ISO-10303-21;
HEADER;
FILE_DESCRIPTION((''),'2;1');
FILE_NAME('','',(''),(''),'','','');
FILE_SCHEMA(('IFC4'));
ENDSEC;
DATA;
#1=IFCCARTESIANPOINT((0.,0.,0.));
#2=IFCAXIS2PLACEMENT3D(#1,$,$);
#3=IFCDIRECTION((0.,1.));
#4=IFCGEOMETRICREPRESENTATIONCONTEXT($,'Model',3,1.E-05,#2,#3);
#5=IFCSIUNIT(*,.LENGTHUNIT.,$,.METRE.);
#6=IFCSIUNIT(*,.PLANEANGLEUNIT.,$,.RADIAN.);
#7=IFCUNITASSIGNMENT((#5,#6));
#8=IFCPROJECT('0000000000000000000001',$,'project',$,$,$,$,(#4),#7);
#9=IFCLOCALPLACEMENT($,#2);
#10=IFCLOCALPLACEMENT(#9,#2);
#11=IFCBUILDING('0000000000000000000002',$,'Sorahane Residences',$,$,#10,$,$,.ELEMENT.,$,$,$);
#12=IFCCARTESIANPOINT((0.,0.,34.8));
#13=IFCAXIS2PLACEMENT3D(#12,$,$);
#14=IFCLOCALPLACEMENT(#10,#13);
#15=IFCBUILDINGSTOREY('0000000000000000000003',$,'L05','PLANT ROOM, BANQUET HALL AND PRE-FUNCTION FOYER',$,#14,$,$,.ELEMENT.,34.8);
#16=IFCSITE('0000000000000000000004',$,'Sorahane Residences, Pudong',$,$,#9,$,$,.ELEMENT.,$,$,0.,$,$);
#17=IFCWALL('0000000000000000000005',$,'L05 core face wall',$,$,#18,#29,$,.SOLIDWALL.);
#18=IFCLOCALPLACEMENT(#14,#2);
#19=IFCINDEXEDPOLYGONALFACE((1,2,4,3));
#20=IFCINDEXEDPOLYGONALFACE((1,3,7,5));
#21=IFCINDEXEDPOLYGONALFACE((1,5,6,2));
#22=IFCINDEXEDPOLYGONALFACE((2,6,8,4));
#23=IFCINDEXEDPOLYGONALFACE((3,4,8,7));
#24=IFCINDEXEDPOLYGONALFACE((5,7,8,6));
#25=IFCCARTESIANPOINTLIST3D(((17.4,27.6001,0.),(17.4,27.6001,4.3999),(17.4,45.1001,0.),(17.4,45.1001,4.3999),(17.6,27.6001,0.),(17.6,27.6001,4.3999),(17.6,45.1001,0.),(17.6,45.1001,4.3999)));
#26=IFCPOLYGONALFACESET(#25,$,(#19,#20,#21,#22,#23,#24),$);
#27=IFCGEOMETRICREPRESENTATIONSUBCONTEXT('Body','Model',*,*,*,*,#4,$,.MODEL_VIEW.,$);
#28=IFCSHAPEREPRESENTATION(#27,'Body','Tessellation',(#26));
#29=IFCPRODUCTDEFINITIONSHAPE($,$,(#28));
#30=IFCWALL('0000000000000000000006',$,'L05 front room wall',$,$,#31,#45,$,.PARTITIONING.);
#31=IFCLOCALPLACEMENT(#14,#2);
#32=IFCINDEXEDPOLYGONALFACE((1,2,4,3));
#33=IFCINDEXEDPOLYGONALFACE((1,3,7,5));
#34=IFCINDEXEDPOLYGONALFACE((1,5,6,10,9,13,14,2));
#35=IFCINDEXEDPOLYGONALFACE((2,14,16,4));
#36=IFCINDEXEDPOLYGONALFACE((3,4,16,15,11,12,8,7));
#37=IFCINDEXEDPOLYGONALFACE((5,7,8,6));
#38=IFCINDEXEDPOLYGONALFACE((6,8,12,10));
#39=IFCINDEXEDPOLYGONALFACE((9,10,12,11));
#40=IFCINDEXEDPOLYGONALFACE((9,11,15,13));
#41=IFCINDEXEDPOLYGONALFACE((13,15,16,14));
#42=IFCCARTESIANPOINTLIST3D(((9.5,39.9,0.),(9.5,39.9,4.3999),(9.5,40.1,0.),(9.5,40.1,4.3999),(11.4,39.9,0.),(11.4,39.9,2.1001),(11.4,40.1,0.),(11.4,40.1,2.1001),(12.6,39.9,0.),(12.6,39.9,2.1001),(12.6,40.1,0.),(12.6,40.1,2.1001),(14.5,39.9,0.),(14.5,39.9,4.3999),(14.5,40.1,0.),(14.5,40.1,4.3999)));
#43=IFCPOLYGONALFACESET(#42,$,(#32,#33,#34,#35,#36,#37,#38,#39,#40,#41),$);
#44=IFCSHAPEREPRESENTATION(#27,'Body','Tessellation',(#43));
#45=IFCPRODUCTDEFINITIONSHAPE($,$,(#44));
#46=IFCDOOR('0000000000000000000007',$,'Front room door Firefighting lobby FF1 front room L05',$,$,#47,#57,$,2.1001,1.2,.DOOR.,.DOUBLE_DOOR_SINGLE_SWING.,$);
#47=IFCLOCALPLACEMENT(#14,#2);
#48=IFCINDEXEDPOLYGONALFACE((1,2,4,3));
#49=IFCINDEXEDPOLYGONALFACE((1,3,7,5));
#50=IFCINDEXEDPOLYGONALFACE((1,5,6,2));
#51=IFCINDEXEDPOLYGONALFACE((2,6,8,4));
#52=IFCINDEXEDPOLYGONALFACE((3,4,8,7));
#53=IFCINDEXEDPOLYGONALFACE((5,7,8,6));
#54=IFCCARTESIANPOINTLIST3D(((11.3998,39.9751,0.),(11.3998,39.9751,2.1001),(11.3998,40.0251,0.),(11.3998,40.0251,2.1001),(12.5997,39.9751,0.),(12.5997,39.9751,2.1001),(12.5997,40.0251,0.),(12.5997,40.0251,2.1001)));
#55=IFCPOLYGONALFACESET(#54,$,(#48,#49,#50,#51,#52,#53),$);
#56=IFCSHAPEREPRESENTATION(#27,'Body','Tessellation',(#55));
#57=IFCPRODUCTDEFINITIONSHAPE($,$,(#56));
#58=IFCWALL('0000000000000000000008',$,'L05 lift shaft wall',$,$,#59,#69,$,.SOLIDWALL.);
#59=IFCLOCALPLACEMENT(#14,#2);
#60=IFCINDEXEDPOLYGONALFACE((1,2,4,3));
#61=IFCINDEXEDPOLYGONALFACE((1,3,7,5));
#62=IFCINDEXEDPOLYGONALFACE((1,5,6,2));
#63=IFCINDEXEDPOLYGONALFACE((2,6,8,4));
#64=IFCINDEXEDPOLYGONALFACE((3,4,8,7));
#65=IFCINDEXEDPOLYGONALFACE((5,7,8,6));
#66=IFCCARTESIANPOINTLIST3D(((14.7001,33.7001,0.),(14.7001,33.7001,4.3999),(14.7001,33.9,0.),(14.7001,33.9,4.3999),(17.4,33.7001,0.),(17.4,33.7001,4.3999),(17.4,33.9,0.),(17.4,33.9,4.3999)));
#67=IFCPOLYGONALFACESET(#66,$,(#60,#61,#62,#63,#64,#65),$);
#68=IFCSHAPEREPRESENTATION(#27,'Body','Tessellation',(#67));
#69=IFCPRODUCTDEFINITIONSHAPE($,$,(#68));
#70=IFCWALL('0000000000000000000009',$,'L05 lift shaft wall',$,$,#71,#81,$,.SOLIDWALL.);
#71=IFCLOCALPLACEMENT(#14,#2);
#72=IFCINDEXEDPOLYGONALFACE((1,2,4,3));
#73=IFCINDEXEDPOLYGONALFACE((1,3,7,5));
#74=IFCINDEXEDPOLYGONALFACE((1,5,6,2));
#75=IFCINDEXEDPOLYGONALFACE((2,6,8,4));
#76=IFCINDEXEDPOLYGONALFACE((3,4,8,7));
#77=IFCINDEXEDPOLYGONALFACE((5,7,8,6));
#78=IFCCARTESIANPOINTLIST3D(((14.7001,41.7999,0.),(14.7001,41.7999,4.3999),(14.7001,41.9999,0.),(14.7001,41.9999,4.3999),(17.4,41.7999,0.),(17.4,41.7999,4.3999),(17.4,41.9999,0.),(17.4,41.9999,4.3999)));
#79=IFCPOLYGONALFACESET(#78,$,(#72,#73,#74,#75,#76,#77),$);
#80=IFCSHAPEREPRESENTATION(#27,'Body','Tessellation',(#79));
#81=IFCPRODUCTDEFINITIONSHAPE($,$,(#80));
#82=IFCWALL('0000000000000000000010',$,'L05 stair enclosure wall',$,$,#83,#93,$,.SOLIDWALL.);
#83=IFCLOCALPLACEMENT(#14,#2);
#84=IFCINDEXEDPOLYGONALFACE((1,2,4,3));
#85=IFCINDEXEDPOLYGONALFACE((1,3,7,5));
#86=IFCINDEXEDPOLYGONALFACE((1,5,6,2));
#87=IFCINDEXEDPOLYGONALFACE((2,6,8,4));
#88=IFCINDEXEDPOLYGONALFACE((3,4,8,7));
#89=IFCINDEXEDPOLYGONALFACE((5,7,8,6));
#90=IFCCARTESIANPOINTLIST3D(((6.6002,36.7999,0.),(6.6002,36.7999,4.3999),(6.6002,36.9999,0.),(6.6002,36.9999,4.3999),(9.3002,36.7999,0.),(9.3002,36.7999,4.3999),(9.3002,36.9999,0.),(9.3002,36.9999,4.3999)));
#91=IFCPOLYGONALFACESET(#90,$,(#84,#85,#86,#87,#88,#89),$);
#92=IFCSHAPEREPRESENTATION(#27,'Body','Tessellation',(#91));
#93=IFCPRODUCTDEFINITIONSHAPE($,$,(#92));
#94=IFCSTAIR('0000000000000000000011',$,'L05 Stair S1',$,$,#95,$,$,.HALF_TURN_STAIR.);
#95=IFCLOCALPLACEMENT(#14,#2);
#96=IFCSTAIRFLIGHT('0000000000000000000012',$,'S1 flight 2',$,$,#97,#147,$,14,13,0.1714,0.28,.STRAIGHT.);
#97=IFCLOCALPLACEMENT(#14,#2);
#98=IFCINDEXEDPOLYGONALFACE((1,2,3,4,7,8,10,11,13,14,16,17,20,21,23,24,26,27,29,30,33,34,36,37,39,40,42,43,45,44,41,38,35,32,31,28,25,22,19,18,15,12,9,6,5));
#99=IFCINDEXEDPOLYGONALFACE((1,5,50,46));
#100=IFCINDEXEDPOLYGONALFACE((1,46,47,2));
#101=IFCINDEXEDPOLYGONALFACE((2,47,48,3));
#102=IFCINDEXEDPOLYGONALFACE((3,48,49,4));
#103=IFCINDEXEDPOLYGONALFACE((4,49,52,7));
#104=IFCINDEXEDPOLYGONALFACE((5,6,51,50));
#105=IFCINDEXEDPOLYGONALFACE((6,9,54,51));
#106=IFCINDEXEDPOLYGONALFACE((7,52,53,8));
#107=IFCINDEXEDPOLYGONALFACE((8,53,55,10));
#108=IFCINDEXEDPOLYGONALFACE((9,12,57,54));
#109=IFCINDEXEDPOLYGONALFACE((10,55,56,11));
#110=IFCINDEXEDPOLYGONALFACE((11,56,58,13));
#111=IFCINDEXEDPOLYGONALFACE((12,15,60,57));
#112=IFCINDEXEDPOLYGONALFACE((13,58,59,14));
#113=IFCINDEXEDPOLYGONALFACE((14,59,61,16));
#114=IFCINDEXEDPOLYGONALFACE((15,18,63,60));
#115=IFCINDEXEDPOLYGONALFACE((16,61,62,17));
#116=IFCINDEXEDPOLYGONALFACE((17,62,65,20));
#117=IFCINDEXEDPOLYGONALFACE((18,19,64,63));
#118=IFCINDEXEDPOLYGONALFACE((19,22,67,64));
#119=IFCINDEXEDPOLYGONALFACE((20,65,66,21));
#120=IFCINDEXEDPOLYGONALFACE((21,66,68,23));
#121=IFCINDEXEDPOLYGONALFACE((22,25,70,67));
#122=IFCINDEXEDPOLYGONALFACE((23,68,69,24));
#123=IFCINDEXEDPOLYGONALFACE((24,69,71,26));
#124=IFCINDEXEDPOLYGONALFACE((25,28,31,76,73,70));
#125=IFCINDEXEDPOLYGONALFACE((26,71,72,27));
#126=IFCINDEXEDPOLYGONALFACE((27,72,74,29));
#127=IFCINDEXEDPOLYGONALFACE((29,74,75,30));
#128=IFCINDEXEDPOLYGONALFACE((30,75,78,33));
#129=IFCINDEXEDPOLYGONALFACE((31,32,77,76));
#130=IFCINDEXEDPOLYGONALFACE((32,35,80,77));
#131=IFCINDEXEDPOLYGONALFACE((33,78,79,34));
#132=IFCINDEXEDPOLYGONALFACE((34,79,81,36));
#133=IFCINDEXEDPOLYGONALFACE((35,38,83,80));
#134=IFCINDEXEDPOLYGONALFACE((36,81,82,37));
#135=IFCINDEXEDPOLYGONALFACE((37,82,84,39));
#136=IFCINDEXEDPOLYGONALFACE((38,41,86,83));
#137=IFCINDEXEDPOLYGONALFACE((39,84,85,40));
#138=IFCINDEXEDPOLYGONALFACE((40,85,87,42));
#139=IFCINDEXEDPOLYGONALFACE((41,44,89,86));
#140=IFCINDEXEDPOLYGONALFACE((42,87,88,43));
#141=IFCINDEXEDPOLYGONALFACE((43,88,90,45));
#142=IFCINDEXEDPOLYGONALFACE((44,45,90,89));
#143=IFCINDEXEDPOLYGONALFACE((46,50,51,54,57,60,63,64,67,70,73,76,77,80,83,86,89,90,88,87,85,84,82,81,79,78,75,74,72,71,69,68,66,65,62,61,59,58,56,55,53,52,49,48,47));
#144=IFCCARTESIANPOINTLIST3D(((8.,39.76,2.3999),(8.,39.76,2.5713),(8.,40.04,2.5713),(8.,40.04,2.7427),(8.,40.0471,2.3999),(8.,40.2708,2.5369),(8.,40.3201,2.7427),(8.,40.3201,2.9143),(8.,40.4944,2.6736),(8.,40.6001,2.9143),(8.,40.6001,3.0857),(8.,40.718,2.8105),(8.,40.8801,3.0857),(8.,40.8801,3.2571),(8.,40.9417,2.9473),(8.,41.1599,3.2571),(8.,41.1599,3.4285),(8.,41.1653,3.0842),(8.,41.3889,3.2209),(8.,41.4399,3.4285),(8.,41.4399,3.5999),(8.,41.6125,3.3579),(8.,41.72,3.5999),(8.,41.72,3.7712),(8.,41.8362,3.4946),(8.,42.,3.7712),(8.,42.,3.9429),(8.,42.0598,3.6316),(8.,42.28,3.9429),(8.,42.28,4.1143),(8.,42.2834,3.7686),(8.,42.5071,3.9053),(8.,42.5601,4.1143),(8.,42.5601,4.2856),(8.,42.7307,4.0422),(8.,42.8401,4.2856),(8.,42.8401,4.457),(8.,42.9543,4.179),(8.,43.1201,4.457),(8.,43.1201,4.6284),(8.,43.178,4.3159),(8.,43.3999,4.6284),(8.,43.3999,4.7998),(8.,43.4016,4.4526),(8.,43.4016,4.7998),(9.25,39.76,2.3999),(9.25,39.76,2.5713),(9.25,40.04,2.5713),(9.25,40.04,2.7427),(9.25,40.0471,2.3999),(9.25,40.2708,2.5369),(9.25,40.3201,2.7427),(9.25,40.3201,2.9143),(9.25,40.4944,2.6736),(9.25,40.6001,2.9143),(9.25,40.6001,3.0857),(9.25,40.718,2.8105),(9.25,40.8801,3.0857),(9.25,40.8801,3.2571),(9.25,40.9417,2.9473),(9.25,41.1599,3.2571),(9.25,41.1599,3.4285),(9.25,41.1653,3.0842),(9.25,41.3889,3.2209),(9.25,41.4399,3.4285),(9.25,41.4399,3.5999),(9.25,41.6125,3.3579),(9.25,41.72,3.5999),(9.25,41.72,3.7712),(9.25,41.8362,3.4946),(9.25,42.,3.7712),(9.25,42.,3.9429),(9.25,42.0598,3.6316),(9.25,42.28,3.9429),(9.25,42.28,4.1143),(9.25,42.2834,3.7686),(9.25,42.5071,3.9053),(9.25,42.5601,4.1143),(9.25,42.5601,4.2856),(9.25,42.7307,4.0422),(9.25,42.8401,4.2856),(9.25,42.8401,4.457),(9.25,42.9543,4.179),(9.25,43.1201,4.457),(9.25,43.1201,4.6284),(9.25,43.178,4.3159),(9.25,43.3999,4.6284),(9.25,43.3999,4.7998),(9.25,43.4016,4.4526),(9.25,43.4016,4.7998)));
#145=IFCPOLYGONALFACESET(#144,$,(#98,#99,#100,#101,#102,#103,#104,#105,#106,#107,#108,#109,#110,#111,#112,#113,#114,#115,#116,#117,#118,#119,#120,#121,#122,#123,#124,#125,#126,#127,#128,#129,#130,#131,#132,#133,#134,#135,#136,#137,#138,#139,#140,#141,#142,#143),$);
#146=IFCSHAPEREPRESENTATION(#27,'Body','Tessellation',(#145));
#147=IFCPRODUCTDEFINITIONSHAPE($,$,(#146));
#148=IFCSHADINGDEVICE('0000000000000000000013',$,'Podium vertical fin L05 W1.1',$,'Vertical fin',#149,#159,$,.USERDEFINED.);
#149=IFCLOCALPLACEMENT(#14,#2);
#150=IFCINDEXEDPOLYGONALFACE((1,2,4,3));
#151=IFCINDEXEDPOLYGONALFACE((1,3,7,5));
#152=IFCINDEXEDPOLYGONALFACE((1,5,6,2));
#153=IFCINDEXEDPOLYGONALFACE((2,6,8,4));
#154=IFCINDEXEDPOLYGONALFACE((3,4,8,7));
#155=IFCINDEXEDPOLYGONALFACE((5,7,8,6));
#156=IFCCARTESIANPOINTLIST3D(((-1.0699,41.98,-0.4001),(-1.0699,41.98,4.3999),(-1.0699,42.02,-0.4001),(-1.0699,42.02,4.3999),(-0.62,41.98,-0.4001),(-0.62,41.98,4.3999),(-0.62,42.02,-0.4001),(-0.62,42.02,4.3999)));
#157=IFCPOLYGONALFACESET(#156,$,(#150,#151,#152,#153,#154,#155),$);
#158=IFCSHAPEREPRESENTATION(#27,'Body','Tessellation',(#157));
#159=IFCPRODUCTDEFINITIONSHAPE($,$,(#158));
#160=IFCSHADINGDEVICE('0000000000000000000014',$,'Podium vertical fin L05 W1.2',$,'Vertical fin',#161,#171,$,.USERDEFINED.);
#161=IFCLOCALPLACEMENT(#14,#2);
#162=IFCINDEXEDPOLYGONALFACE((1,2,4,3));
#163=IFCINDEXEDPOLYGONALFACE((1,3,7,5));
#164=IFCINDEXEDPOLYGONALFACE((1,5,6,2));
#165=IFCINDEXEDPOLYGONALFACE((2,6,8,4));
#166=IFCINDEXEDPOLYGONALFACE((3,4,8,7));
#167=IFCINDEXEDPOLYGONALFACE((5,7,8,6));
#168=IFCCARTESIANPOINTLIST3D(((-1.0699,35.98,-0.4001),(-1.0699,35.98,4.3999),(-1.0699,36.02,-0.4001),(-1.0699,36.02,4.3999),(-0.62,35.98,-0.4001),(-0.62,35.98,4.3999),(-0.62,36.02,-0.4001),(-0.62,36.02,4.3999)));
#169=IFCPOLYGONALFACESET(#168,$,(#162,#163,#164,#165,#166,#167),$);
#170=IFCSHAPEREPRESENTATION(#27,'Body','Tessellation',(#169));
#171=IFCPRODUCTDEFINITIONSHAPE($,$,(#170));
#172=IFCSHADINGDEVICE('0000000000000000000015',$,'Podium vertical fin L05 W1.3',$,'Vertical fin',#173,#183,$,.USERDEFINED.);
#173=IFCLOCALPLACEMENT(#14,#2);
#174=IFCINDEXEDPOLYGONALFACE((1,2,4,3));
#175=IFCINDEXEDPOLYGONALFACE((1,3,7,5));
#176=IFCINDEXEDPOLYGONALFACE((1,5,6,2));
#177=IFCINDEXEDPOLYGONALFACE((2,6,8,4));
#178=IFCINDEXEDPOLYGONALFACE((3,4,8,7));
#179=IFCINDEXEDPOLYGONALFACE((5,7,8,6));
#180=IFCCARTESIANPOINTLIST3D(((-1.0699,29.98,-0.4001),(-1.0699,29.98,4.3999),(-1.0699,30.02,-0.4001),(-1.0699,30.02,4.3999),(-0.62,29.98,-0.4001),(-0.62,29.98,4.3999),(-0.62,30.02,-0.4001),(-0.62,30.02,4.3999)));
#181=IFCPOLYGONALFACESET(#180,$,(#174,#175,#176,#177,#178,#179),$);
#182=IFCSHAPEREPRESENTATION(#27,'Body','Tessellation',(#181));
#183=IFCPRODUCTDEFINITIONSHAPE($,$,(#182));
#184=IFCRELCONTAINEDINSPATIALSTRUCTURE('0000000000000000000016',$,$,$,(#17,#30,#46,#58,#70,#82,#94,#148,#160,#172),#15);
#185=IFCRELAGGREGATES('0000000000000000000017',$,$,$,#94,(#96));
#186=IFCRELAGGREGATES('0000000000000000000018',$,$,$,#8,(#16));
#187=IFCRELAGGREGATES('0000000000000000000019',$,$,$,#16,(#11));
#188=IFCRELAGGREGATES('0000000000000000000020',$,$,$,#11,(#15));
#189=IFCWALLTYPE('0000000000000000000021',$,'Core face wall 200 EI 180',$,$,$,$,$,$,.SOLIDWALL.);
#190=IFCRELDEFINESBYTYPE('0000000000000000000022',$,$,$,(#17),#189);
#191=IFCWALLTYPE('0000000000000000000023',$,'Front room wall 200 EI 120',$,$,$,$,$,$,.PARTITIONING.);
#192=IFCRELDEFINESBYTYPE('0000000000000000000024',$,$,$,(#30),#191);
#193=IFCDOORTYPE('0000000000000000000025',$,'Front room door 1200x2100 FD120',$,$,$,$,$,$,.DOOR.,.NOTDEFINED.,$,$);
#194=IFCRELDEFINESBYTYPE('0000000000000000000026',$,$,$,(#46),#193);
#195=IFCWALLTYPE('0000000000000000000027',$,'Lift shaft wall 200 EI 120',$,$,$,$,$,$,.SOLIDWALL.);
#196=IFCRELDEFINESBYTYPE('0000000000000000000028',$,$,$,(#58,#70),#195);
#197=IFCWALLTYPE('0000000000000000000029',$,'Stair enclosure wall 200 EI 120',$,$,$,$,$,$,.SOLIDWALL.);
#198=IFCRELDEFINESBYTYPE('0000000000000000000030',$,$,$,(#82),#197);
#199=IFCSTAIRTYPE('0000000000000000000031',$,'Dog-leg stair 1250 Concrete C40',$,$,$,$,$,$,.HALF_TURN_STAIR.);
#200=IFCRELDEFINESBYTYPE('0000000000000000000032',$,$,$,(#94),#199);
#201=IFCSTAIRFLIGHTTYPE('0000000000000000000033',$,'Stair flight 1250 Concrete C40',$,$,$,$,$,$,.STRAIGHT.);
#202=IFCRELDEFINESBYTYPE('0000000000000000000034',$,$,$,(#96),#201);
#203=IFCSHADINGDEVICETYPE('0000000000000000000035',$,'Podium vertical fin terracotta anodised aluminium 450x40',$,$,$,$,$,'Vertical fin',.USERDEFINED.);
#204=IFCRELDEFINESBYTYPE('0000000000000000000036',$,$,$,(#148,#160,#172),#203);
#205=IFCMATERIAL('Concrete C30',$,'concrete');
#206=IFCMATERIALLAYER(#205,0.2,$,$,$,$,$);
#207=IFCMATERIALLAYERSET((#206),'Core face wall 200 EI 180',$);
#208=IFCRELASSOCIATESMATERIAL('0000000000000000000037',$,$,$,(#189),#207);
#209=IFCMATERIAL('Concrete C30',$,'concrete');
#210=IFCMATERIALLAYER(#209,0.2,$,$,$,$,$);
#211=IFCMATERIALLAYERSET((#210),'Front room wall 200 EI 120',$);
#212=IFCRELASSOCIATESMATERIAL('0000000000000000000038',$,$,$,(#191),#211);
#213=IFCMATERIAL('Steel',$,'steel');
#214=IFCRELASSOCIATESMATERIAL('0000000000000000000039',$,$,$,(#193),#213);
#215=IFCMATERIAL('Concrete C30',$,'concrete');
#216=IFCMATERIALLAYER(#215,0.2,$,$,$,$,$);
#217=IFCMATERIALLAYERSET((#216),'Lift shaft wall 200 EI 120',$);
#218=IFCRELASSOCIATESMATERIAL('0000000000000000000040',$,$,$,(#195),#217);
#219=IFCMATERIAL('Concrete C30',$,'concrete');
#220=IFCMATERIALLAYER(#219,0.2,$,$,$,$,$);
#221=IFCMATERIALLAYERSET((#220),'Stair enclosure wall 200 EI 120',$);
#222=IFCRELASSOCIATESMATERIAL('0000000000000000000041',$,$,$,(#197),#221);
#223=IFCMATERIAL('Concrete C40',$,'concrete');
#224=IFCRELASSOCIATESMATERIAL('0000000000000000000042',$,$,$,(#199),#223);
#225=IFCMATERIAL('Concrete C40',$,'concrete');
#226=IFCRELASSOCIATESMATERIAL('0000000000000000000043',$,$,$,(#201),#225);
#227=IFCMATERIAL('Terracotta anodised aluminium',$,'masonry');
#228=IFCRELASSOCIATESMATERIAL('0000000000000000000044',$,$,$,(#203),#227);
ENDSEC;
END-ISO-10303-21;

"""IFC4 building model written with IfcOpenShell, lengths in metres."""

from ifc_helpers import new_model, si_unit, direction, frame, frame_2d, origin, origin_2d, place, context, subcontext, project, spatial, polyline, rectangle, outline, extrude, material, layer, layer_set, material_profile, profile_set, type_object, element, fill, aggregate, save


model = new_model("IFC4")

# Units and contexts
model_context = context("Model", 3, precision=1e-05, world=origin(), true_north=direction((0.0, 1.0)))
body_context = subcontext(model_context, "Body", "Model", "MODEL_VIEW")
ifc_project = project(units=[si_unit("LENGTHUNIT", "METRE"), si_unit("PLANEANGLEUNIT", "RADIAN")], contexts=[model_context])

# Site, building, storey
site_placement = place(None, origin())
site = spatial("IfcSite", under=ifc_project, at=site_placement, Name="Sorahane Residences, Pudong", CompositionType="ELEMENT", RefElevation=0.0)
building_placement = place(site_placement, origin())
building = spatial("IfcBuilding", under=site, at=building_placement, Name="Sorahane Residences", CompositionType="ELEMENT")
storey_placement = place(building_placement, frame((0.0, 0.0, 34.8)))
storey = spatial("IfcBuildingStorey", under=building, at=storey_placement, Name="L05", Description="PLANT ROOM, BANQUET HALL AND PRE-FUNCTION FOYER", CompositionType="ELEMENT", Elevation=34.8)

# Wall
ifc_material_1 = material(Name="Concrete C30", Category="concrete")
ifc_layer_1 = layer(ifc_material_1, 0.2)
ifc_layer_set_1 = layer_set([ifc_layer_1], Name="Core face wall 200 EI 180")
wall_type_1 = type_object("IfcWallType", Name="Core face wall 200 EI 180", PredefinedType="SOLIDWALL", material=ifc_layer_set_1)
wall_1_placement = place(storey_placement, frame((17.5, 27.6001, 0.0), z_axis=(0.0, 0.0, 1.0), x_axis=(0.0, 1.0, 0.0)))
element("IfcWall", 1, at=wall_1_placement, inside=storey, type_object=wall_type_1, Name="L05 core face wall", PredefinedType="SOLIDWALL", context=body_context, shape_type="SweptSolid", body=[
    extrude(rectangle(XDim=17.5, YDim=0.2, at=frame_2d((8.75, 0.0))), origin(), (0.0, 0.0, 1.0), 4.3999),
])

# Wall, opening, door
ifc_material_2 = material(Name="Concrete C30", Category="concrete")
ifc_layer_2 = layer(ifc_material_2, 0.2)
ifc_layer_set_2 = layer_set([ifc_layer_2], Name="Front room wall 200 EI 120")
wall_type_2 = type_object("IfcWallType", Name="Front room wall 200 EI 120", PredefinedType="PARTITIONING", material=ifc_layer_set_2)
wall_2_placement = place(storey_placement, frame((9.5, 40.0, 0.0), z_axis=(0.0, 0.0, 1.0), x_axis=(1.0, 0.0, 0.0)))
wall_2 = element("IfcWall", 2, at=wall_2_placement, inside=storey, type_object=wall_type_2, Name="L05 front room wall", PredefinedType="PARTITIONING", context=body_context, shape_type="SweptSolid", body=[
    extrude(rectangle(XDim=5.0, YDim=0.2, at=frame_2d((2.5, 0.0))), origin(), (0.0, 0.0, 1.0), 4.3999),
])
opening_placement = place(wall_2_placement, frame((1.8999, 0.0, 0.0)))
opening = element("IfcOpeningElement", 3, at=opening_placement, cuts=wall_2, PredefinedType="OPENING", context=body_context, shape_type="SweptSolid", body=[
    extrude(rectangle(XDim=1.2, YDim=2.1001, at=frame_2d((0.6001, 1.05))), frame((0.0, 0.1099, 0.0), z_axis=(0.0, -1.0, 0.0), x_axis=(1.0, 0.0, 0.0)), (0.0, 0.0, 1.0), 0.22),
])
ifc_material_3 = material(Name="Steel", Category="steel")
door_type = type_object("IfcDoorType", Name="Front room door 1200x2100 FD120", OperationType="NOTDEFINED", PredefinedType="DOOR", material=ifc_material_3)
door_placement = place(opening_placement, frame((1.2, 0.0, 0.0), z_axis=(0.0, 0.0, 1.0), x_axis=(-1.0, 0.0, 0.0)))
door = element("IfcDoor", 4, at=door_placement, inside=storey, type_object=door_type, Name="Front room door Firefighting lobby FF1 front room L05", OperationType="DOUBLE_DOOR_SINGLE_SWING", OverallHeight=2.1001, OverallWidth=1.2, PredefinedType="DOOR", context=body_context, shape_type="SweptSolid", body=[
    extrude(rectangle(XDim=1.2, YDim=2.1001, at=frame_2d((0.6001, 1.05))), frame((0.0, 0.0249, 0.0), z_axis=(0.0, -1.0, 0.0), x_axis=(1.0, 0.0, 0.0)), (0.0, 0.0, 1.0), 0.05),
])
fill(opening, door)

# Walls
ifc_material_4 = material(Name="Concrete C30", Category="concrete")
ifc_layer_3 = layer(ifc_material_4, 0.2)
ifc_layer_set_3 = layer_set([ifc_layer_3], Name="Lift shaft wall 200 EI 120")
wall_type_3 = type_object("IfcWallType", Name="Lift shaft wall 200 EI 120", PredefinedType="SOLIDWALL", material=ifc_layer_set_3)
for number, where, z_axis, x_axis, name in (
    (5, (14.7, 33.8, 0.0), (0.0, 0.0, 1.0), (1.0, 0.0, 0.0), "L05 lift shaft wall"),
    (6, (14.7, 41.8999, 0.0), (0.0, 0.0, 1.0), (1.0, 0.0, 0.0), "L05 lift shaft wall"),
):
    element("IfcWall", number, at=place(storey_placement, frame(where, z_axis=z_axis, x_axis=x_axis)), inside=storey, type_object=wall_type_3, Name=name, PredefinedType="SOLIDWALL", context=body_context, shape_type="SweptSolid", body=[
        extrude(rectangle(XDim=2.7, YDim=0.2, at=frame_2d((1.3501, 0.0))), origin(), (0.0, 0.0, 1.0), 4.3999),
    ])
ifc_material_5 = material(Name="Concrete C30", Category="concrete")
ifc_layer_4 = layer(ifc_material_5, 0.2)
ifc_layer_set_4 = layer_set([ifc_layer_4], Name="Stair enclosure wall 200 EI 120")
wall_type_4 = type_object("IfcWallType", Name="Stair enclosure wall 200 EI 120", PredefinedType="SOLIDWALL", material=ifc_layer_set_4)
wall_3_placement = place(storey_placement, frame((6.6001, 36.8999, 0.0), z_axis=(0.0, 0.0, 1.0), x_axis=(1.0, 0.0, 0.0)))
element("IfcWall", 7, at=wall_3_placement, inside=storey, type_object=wall_type_4, Name="L05 stair enclosure wall", PredefinedType="SOLIDWALL", context=body_context, shape_type="SweptSolid", body=[
    extrude(rectangle(XDim=2.7, YDim=0.2, at=frame_2d((1.3501, 0.0))), origin(), (0.0, 0.0, 1.0), 4.3999),
])

# Stair, stair flight
ifc_material_6 = material(Name="Concrete C40", Category="concrete")
stair_type = type_object("IfcStairType", Name="Dog-leg stair 1250 Concrete C40", PredefinedType="HALF_TURN_STAIR", material=ifc_material_6)
stair_placement = place(storey_placement, origin())
stair = element("IfcStair", 8, at=stair_placement, inside=storey, type_object=stair_type, Name="L05 Stair S1", PredefinedType="HALF_TURN_STAIR")
ifc_material_7 = material(Name="Concrete C40", Category="concrete")
stair_flight_type = type_object("IfcStairFlightType", Name="Stair flight 1250 Concrete C40", PredefinedType="STRAIGHT", material=ifc_material_7)
stair_flight_placement = place(storey_placement, frame((8.625, 39.76, 2.3999), z_axis=(0.0, 0.0, 1.0), x_axis=(0.0, 1.0, 0.0)))
stair_flight = element("IfcStairFlight", 9, at=stair_flight_placement, type_object=stair_flight_type, Name="S1 flight 2", NumberOfRisers=14, NumberOfTreads=13, PredefinedType="STRAIGHT", RiserHeight=0.1714, TreadLength=0.28, context=body_context, shape_type="SweptSolid", body=[
    extrude(outline(polyline([(0.0, 0.0), (0.0, 0.1714), (0.28, 0.1714), (0.28, 0.3428), (0.5601, 0.3428), (0.5601, 0.5144), (0.8401, 0.5144), (0.8401, 0.6858), (1.1201, 0.6858), (1.1201, 0.8572), (1.3999, 0.8572), (1.3999, 1.0286), (1.6799, 1.0286), (1.6799, 1.2), (1.96, 1.2), (1.96, 1.3713), (2.24, 1.3713), (2.24, 1.543), (2.52, 1.543), (2.52, 1.7144), (2.8, 1.7144), (2.8, 1.8857), (3.0801, 1.8857), (3.0801, 2.0571), (3.3601, 2.0571), (3.3601, 2.2285), (3.6399, 2.2285), (3.6399, 2.3999), (3.6416, 2.3999), (3.6416, 2.0527), (3.418, 1.916), (3.1943, 1.7791), (2.9707, 1.6423), (2.7471, 1.5054), (2.5234, 1.3687), (2.2998, 1.2317), (2.0762, 1.0947), (1.8525, 0.958), (1.6289, 0.821), (1.4053, 0.6843), (1.1816, 0.5474), (0.958, 0.4106), (0.7344, 0.2737), (0.5107, 0.137), (0.2871, 0.0), (0.0, 0.0)])), frame((0.0, 0.625, 0.0), z_axis=(0.0, -1.0, 0.0), x_axis=(1.0, 0.0, 0.0)), (0.0, 0.0, 1.0), 1.25),
])
aggregate(stair, [stair_flight])

# Shading devices
ifc_material_8 = material(Name="Terracotta anodised aluminium", Category="masonry")
ifc_material_profile_1 = material_profile(ifc_material_8, rectangle(XDim=0.45, YDim=0.04, at=origin_2d()), Name="Podium vertical fin terracotta anodised aluminium 450x40")
ifc_profile_set_1 = profile_set([ifc_material_profile_1], Name="Terracotta anodised aluminium")
shading_device_type = type_object("IfcShadingDeviceType", Name="Podium vertical fin terracotta anodised aluminium 450x40", ElementType="Vertical fin", PredefinedType="USERDEFINED", material=ifc_profile_set_1)
for number, where, z_axis, x_axis, name in (
    (10, (-0.845, 42.0, -0.4001), (0.0, 0.0, 1.0), (-1.0, 0.0, 0.0), "Podium vertical fin L05 W1.1"),
    (11, (-0.845, 36.0, -0.4001), (0.0, 0.0, 1.0), (-1.0, 0.0, 0.0), "Podium vertical fin L05 W1.2"),
    (12, (-0.845, 30.0, -0.4001), (0.0, 0.0, 1.0), (-1.0, 0.0, 0.0), "Podium vertical fin L05 W1.3"),
):
    element("IfcShadingDevice", number, at=place(storey_placement, frame(where, z_axis=z_axis, x_axis=x_axis)), inside=storey, type_object=shading_device_type, Name=name, ObjectType="Vertical fin", PredefinedType="USERDEFINED", context=body_context, shape_type="SweptSolid", body=[
        extrude(rectangle(XDim=0.45, YDim=0.04, at=origin_2d()), origin(), (0.0, 0.0, 1.0), 4.8),
    ])

save(model, "model.ifc")
